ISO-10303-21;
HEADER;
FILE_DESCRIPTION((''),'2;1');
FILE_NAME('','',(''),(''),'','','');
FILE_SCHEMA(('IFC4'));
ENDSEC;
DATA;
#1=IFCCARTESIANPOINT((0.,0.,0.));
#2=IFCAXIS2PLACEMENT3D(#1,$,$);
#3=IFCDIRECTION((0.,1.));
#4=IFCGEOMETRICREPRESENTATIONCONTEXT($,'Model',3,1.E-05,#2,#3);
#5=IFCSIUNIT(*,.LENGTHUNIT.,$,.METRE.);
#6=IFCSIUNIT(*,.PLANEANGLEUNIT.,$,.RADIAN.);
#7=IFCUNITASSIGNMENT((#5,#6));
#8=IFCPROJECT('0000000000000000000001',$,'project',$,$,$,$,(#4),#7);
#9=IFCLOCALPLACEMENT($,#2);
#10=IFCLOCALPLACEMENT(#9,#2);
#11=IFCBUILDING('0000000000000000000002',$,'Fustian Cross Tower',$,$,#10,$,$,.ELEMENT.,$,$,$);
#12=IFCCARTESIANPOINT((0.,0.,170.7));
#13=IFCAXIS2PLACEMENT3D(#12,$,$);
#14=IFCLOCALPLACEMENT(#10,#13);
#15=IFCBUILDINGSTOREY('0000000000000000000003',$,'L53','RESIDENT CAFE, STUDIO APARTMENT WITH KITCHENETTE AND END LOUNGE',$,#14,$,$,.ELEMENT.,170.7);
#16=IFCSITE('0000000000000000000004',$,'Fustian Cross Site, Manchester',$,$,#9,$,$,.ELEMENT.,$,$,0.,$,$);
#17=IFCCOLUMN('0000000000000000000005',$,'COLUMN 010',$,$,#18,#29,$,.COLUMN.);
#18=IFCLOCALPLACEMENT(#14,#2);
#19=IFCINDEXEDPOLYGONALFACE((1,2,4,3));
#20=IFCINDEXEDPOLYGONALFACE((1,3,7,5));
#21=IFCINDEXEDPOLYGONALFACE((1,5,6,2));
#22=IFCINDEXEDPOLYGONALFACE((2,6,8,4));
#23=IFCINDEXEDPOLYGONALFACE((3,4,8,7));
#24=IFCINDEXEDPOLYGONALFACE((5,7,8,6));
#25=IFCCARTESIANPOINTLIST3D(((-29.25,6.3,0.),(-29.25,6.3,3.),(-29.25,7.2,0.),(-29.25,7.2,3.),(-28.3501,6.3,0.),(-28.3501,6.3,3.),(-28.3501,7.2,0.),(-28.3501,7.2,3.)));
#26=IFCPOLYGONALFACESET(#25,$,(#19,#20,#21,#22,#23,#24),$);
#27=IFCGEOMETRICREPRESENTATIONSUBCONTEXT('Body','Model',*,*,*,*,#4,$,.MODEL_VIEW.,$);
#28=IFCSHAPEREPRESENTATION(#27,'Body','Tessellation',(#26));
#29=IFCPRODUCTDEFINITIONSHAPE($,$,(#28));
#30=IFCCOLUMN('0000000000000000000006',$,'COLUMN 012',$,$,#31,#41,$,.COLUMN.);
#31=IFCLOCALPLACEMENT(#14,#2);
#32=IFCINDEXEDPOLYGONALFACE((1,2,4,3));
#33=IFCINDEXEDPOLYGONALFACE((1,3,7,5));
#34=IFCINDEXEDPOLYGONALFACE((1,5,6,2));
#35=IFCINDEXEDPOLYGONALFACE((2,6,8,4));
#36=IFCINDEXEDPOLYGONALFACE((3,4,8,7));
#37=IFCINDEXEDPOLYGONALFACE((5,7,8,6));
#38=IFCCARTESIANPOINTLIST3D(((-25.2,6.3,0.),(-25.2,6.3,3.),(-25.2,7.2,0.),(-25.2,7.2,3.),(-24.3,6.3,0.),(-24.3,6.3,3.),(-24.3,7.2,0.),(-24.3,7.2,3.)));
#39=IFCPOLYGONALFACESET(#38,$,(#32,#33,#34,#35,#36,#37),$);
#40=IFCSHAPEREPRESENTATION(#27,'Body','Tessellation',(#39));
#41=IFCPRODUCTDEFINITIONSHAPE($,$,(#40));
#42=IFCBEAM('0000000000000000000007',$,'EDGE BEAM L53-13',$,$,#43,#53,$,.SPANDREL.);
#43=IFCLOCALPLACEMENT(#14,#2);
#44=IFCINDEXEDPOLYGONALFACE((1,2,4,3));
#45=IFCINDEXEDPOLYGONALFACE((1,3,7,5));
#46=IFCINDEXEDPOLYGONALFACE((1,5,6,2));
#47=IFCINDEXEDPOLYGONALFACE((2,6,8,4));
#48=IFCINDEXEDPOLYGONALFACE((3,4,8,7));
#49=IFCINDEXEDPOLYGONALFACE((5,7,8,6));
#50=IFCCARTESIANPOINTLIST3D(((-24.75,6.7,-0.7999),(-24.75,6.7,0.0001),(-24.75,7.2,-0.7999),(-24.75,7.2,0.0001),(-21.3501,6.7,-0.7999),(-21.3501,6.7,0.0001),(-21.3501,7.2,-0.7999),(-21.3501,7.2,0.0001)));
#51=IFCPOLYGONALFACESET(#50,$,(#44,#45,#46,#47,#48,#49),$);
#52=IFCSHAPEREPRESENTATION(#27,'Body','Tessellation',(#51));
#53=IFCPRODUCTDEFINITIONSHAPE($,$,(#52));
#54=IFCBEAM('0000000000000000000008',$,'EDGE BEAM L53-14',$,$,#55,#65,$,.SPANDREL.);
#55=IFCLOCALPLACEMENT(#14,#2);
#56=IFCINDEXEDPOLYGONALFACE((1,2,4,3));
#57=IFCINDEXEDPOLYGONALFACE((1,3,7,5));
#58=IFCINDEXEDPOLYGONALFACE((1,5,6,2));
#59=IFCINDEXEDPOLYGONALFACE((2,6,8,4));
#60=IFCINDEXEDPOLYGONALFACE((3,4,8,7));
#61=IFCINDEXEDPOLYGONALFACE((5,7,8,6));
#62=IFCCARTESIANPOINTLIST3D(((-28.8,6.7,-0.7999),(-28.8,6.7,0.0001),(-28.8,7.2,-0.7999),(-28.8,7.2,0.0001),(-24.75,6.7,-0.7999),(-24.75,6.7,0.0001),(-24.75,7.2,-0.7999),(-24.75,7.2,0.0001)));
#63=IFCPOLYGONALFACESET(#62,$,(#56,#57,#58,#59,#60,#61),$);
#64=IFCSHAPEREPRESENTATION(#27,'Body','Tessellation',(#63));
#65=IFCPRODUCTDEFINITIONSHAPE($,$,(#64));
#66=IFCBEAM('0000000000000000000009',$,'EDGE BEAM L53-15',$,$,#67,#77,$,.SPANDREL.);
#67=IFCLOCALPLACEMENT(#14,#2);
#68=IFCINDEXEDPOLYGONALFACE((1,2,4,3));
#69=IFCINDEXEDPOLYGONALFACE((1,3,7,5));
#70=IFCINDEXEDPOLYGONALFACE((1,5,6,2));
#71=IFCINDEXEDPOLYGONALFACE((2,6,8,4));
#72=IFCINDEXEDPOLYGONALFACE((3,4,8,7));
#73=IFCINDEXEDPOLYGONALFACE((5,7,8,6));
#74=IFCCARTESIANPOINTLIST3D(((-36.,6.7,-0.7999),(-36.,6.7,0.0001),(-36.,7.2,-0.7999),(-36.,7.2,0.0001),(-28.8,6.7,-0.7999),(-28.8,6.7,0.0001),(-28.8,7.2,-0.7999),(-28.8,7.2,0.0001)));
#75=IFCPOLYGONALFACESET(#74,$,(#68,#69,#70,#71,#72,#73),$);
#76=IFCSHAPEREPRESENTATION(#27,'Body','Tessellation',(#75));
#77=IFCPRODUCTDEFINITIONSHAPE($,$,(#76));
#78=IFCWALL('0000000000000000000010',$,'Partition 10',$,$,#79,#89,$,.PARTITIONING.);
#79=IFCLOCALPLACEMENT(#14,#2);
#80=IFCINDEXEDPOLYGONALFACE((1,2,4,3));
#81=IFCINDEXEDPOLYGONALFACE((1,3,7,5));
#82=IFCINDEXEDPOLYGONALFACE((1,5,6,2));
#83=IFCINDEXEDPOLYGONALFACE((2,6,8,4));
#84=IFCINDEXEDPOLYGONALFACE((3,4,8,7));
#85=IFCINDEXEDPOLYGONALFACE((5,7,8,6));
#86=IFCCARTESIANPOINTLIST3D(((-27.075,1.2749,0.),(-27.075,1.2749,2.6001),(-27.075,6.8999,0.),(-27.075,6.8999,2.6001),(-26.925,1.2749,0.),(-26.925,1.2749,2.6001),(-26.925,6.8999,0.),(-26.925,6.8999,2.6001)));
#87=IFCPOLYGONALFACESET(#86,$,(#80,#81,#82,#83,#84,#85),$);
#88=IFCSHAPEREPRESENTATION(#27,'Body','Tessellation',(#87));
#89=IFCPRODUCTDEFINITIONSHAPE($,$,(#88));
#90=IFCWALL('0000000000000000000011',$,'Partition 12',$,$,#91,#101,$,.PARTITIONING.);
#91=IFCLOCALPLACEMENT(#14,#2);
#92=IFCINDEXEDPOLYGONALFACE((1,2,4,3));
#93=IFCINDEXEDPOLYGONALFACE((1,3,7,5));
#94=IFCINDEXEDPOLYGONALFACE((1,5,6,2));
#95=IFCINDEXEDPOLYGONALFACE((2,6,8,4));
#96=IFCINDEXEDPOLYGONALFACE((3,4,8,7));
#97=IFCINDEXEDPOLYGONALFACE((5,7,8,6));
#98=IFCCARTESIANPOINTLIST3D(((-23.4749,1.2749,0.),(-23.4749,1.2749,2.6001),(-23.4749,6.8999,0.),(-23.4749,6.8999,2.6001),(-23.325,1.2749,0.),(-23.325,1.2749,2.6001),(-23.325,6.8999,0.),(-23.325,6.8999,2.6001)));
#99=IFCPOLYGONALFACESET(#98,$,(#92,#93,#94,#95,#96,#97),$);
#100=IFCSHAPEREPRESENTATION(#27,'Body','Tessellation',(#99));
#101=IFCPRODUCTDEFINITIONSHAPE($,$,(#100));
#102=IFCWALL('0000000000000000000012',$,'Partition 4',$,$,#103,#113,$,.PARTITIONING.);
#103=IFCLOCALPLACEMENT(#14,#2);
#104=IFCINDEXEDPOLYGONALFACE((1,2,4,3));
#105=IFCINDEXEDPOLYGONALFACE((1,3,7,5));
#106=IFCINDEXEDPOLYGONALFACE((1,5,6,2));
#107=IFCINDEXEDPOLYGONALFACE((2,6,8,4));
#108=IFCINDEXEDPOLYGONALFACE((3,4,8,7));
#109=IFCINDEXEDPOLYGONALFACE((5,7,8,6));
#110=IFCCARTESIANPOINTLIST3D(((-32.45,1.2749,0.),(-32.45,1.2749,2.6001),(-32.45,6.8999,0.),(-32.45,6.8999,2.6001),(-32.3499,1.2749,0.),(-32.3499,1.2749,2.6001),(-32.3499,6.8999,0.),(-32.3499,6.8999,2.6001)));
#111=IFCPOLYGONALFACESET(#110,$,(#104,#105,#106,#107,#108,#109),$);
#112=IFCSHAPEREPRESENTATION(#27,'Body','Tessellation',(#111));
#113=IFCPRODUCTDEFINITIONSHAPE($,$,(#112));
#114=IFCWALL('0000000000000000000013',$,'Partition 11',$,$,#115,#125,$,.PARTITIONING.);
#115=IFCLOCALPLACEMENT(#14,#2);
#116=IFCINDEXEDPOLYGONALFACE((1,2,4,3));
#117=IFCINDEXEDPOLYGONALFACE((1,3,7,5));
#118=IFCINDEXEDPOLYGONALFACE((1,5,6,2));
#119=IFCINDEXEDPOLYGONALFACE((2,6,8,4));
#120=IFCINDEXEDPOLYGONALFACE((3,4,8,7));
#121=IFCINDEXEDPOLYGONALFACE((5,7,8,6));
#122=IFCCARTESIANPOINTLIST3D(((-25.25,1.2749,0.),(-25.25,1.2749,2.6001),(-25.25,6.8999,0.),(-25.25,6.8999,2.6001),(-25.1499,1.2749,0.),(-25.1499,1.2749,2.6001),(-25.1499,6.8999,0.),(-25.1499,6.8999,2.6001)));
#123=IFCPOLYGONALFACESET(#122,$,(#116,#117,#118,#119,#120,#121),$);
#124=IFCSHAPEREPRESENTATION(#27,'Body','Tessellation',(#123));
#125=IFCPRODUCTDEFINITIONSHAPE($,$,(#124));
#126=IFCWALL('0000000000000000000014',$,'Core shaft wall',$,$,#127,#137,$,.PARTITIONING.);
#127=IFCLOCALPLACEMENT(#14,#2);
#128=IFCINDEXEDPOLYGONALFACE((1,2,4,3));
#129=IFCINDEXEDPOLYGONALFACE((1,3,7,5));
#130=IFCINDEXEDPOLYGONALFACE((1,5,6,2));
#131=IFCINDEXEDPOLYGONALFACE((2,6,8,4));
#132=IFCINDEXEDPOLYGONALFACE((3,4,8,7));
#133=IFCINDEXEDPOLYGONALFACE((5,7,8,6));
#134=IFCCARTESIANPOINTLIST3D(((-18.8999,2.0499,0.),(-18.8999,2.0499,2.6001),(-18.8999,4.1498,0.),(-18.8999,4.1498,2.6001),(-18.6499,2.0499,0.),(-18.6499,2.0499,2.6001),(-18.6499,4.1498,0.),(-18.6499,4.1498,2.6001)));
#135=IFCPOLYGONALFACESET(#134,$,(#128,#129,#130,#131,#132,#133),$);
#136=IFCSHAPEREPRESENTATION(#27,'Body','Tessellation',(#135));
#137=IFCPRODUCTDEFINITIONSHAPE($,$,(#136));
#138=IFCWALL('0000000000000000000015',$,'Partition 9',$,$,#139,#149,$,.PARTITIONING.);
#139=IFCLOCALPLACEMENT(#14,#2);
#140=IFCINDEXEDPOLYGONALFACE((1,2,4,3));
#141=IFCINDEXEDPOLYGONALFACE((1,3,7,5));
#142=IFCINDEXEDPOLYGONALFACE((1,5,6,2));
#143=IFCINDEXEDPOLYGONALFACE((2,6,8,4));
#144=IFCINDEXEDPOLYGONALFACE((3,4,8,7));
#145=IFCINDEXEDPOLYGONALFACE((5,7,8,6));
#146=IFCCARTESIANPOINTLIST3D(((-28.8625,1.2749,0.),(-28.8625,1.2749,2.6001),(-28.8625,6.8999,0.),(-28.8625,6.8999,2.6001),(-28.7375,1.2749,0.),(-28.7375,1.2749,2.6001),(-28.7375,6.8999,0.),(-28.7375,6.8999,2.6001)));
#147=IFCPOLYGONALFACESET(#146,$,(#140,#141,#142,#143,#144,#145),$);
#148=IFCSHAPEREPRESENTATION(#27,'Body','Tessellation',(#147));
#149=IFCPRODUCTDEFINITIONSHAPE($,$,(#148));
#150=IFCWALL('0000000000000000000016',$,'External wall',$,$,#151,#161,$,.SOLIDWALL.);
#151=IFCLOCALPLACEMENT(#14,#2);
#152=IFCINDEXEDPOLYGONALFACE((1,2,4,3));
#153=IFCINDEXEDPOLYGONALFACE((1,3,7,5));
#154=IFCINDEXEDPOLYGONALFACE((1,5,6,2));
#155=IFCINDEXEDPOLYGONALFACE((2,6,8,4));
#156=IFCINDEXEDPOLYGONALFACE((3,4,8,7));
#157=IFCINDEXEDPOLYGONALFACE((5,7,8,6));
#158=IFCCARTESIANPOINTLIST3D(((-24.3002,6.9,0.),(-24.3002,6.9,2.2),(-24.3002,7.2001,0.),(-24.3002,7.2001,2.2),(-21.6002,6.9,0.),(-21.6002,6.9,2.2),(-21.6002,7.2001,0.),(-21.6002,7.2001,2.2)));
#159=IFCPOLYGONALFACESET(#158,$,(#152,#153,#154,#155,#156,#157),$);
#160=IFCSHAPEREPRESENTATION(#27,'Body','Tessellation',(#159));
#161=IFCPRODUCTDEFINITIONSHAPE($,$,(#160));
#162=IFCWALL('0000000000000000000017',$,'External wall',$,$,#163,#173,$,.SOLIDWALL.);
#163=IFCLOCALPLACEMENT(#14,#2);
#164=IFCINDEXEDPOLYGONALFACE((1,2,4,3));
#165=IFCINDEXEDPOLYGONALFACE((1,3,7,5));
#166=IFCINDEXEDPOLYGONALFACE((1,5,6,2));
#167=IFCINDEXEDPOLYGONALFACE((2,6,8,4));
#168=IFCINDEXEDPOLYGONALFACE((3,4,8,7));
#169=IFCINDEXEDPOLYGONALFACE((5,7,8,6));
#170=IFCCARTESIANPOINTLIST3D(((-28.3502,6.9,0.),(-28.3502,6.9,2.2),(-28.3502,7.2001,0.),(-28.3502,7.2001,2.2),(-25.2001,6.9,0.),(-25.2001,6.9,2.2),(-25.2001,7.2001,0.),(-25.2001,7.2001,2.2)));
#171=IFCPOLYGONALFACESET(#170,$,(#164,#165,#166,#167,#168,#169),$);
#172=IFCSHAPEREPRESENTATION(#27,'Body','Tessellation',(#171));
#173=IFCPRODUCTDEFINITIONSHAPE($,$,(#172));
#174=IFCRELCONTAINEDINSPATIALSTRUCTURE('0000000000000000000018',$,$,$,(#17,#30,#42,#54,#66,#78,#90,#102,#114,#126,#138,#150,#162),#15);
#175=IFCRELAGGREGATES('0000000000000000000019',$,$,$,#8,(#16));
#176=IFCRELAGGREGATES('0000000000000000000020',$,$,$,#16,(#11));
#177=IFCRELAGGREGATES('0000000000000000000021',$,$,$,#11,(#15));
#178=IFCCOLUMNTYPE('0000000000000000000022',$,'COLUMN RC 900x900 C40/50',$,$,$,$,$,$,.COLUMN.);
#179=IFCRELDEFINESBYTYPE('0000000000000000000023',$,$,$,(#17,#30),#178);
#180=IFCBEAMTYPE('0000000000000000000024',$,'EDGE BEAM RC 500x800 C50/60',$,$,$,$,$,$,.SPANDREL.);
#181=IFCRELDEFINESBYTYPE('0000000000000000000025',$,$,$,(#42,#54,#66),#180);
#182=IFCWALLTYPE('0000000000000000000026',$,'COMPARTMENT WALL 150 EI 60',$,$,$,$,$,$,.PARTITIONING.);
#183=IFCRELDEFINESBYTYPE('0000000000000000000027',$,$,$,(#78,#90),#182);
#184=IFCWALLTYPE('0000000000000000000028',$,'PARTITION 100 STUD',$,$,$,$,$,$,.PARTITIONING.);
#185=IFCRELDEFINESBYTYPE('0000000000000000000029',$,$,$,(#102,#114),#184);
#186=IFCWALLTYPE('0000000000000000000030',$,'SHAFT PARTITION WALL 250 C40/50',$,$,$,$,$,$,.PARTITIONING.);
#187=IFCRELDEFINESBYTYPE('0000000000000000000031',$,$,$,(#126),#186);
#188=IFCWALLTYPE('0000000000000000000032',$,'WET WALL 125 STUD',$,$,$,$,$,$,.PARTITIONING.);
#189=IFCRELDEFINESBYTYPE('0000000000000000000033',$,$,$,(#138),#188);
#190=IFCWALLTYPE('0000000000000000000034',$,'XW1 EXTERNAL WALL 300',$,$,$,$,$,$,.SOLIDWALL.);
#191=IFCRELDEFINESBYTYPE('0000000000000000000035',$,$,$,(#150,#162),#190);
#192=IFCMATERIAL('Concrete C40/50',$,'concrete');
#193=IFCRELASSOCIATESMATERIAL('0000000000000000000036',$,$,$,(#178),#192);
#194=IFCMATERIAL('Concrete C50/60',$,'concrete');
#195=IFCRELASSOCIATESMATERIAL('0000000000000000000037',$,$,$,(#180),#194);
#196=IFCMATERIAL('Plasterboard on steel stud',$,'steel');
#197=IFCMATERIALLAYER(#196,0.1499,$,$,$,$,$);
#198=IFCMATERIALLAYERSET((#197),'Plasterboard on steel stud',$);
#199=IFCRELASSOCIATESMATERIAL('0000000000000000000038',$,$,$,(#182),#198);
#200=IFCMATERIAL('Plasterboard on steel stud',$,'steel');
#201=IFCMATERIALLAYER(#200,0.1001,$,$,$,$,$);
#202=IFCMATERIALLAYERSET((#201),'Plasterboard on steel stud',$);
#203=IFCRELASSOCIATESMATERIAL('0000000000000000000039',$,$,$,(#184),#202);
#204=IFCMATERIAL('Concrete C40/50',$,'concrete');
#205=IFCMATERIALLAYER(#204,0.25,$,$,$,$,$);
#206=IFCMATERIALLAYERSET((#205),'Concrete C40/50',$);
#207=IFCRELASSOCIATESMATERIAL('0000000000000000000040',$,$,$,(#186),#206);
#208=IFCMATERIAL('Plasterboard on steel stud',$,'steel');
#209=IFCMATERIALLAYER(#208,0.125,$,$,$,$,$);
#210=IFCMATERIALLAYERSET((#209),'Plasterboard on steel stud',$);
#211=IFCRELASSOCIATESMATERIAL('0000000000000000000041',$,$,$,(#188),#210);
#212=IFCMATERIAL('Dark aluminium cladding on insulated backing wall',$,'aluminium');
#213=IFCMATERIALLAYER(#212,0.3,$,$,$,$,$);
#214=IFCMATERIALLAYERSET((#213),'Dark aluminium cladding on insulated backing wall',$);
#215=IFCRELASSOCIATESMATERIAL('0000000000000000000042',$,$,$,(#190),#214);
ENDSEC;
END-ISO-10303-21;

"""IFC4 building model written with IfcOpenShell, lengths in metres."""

from ifc_helpers import new_model, si_unit, direction, frame, frame_2d, origin, origin_2d, place, context, subcontext, project, spatial, rectangle, extrude, material, layer, layer_set, material_profile, profile_set, type_object, element, save


model = new_model("IFC4")

# Units and contexts
model_context = context("Model", 3, precision=1e-05, world=origin(), true_north=direction((0.0, 1.0)))
body_context = subcontext(model_context, "Body", "Model", "MODEL_VIEW")
ifc_project = project(units=[si_unit("LENGTHUNIT", "METRE"), si_unit("PLANEANGLEUNIT", "RADIAN")], contexts=[model_context])

# Site, building, storey
site_placement = place(None, origin())
site = spatial("IfcSite", under=ifc_project, at=site_placement, Name="Fustian Cross Site, Manchester", CompositionType="ELEMENT", RefElevation=0.0)
building_placement = place(site_placement, origin())
building = spatial("IfcBuilding", under=site, at=building_placement, Name="Fustian Cross Tower", CompositionType="ELEMENT")
storey_placement = place(building_placement, frame((0.0, 0.0, 170.7)))
storey = spatial("IfcBuildingStorey", under=building, at=storey_placement, Name="L53", Description="RESIDENT CAFE, STUDIO APARTMENT WITH KITCHENETTE AND END LOUNGE", CompositionType="ELEMENT", Elevation=170.7)

# Columns
ifc_material_1 = material(Name="Concrete C40/50", Category="concrete")
ifc_material_profile_1 = material_profile(ifc_material_1, rectangle(XDim=0.8999, YDim=0.8999, at=origin_2d()), Name="RC 900x900")
ifc_profile_set_1 = profile_set([ifc_material_profile_1], Name="Concrete C40/50")
column_type = type_object("IfcColumnType", Name="COLUMN RC 900x900 C40/50", PredefinedType="COLUMN", material=ifc_profile_set_1)
for number, where, z_axis, x_axis, name in (
    (1, (-28.8, 6.75, 0.0), (0.0, 0.0, 1.0), (1.0, 0.0, 0.0), "COLUMN 010"),
    (2, (-24.75, 6.75, 0.0), (0.0, 0.0, 1.0), (1.0, 0.0, 0.0), "COLUMN 012"),
):
    element("IfcColumn", number, at=place(storey_placement, frame(where, z_axis=z_axis, x_axis=x_axis)), inside=storey, type_object=column_type, Name=name, PredefinedType="COLUMN", context=body_context, shape_type="SweptSolid", body=[
        extrude(rectangle(XDim=0.8999, YDim=0.8999, at=origin_2d()), origin(), (0.0, 0.0, 1.0), 3.0),
    ])

# Beams
ifc_material_2 = material(Name="Concrete C50/60", Category="concrete")
ifc_material_profile_2 = material_profile(ifc_material_2, rectangle(XDim=0.5, YDim=0.8, at=origin_2d()), Name="RC 500x800")
ifc_profile_set_2 = profile_set([ifc_material_profile_2], Name="Concrete C50/60")
beam_type = type_object("IfcBeamType", Name="EDGE BEAM RC 500x800 C50/60", PredefinedType="SPANDREL", material=ifc_profile_set_2)
beam_1_placement = place(storey_placement, frame((-21.3501, 6.95, -0.3999), z_axis=(-1.0, 0.0, 0.0), x_axis=(0.0, -1.0, 0.0)))
element("IfcBeam", 3, at=beam_1_placement, inside=storey, type_object=beam_type, Name="EDGE BEAM L53-13", PredefinedType="SPANDREL", context=body_context, shape_type="SweptSolid", body=[
    extrude(rectangle(XDim=0.5, YDim=0.8, at=origin_2d()), origin(), (0.0, 0.0, 1.0), 3.3999),
])
beam_2_placement = place(storey_placement, frame((-24.75, 6.95, -0.3999), z_axis=(-1.0, 0.0, 0.0), x_axis=(0.0, -1.0, 0.0)))
element("IfcBeam", 4, at=beam_2_placement, inside=storey, type_object=beam_type, Name="EDGE BEAM L53-14", PredefinedType="SPANDREL", context=body_context, shape_type="SweptSolid", body=[
    extrude(rectangle(XDim=0.5, YDim=0.8, at=origin_2d()), origin(), (0.0, 0.0, 1.0), 4.05),
])
beam_3_placement = place(storey_placement, frame((-28.8, 6.95, -0.3999), z_axis=(-1.0, 0.0, 0.0), x_axis=(0.0, -1.0, 0.0)))
element("IfcBeam", 5, at=beam_3_placement, inside=storey, type_object=beam_type, Name="EDGE BEAM L53-15", PredefinedType="SPANDREL", context=body_context, shape_type="SweptSolid", body=[
    extrude(rectangle(XDim=0.5, YDim=0.8, at=origin_2d()), origin(), (0.0, 0.0, 1.0), 7.2),
])

# Walls
ifc_material_3 = material(Name="Plasterboard on steel stud", Category="steel")
ifc_layer_1 = layer(ifc_material_3, 0.1499)
ifc_layer_set_1 = layer_set([ifc_layer_1], Name="Plasterboard on steel stud")
wall_type_1 = type_object("IfcWallType", Name="COMPARTMENT WALL 150 EI 60", PredefinedType="PARTITIONING", material=ifc_layer_set_1)
for number, where, z_axis, x_axis, name in (
    (6, (-27.0, 1.2749, 0.0), (0.0, 0.0, 1.0), (0.0, 1.0, 0.0), "Partition 10"),
    (7, (-23.3999, 1.2749, 0.0), (0.0, 0.0, 1.0), (0.0, 1.0, 0.0), "Partition 12"),
):
    element("IfcWall", number, at=place(storey_placement, frame(where, z_axis=z_axis, x_axis=x_axis)), inside=storey, type_object=wall_type_1, Name=name, PredefinedType="PARTITIONING", context=body_context, shape_type="SweptSolid", body=[
        extrude(rectangle(XDim=5.625, YDim=0.1499, at=frame_2d((2.8125, 0.0))), origin(), (0.0, 0.0, 1.0), 2.6001),
    ])
ifc_material_4 = material(Name="Plasterboard on steel stud", Category="steel")
ifc_layer_2 = layer(ifc_material_4, 0.1001)
ifc_layer_set_2 = layer_set([ifc_layer_2], Name="Plasterboard on steel stud")
wall_type_2 = type_object("IfcWallType", Name="PARTITION 100 STUD", PredefinedType="PARTITIONING", material=ifc_layer_set_2)
for number, where, z_axis, x_axis, name in (
    (8, (-32.3999, 1.2749, 0.0), (0.0, 0.0, 1.0), (0.0, 1.0, 0.0), "Partition 4"),
    (9, (-25.2, 1.2749, 0.0), (0.0, 0.0, 1.0), (0.0, 1.0, 0.0), "Partition 11"),
):
    element("IfcWall", number, at=place(storey_placement, frame(where, z_axis=z_axis, x_axis=x_axis)), inside=storey, type_object=wall_type_2, Name=name, PredefinedType="PARTITIONING", context=body_context, shape_type="SweptSolid", body=[
        extrude(rectangle(XDim=5.625, YDim=0.1001, at=frame_2d((2.8125, 0.0))), origin(), (0.0, 0.0, 1.0), 2.6001),
    ])
ifc_material_5 = material(Name="Concrete C40/50", Category="concrete")
ifc_layer_3 = layer(ifc_material_5, 0.25)
ifc_layer_set_3 = layer_set([ifc_layer_3], Name="Concrete C40/50")
wall_type_3 = type_object("IfcWallType", Name="SHAFT PARTITION WALL 250 C40/50", PredefinedType="PARTITIONING", material=ifc_layer_set_3)
wall_1_placement = place(storey_placement, frame((-18.7749, 2.05, 0.0), z_axis=(0.0, 0.0, 1.0), x_axis=(0.0, 1.0, 0.0)))
element("IfcWall", 10, at=wall_1_placement, inside=storey, type_object=wall_type_3, Name="Core shaft wall", PredefinedType="PARTITIONING", context=body_context, shape_type="SweptSolid", body=[
    extrude(rectangle(XDim=2.0999, YDim=0.25, at=frame_2d((1.0498, 0.0))), origin(), (0.0, 0.0, 1.0), 2.6001),
])
ifc_material_6 = material(Name="Plasterboard on steel stud", Category="steel")
ifc_layer_4 = layer(ifc_material_6, 0.125)
ifc_layer_set_4 = layer_set([ifc_layer_4], Name="Plasterboard on steel stud")
wall_type_4 = type_object("IfcWallType", Name="WET WALL 125 STUD", PredefinedType="PARTITIONING", material=ifc_layer_set_4)
wall_2_placement = place(storey_placement, frame((-28.8, 1.2749, 0.0), z_axis=(0.0, 0.0, 1.0), x_axis=(0.0, 1.0, 0.0)))
element("IfcWall", 11, at=wall_2_placement, inside=storey, type_object=wall_type_4, Name="Partition 9", PredefinedType="PARTITIONING", context=body_context, shape_type="SweptSolid", body=[
    extrude(rectangle(XDim=5.625, YDim=0.125, at=frame_2d((2.8125, 0.0))), origin(), (0.0, 0.0, 1.0), 2.6001),
])
ifc_material_7 = material(Name="Dark aluminium cladding on insulated backing wall", Category="aluminium")
ifc_layer_5 = layer(ifc_material_7, 0.3)
ifc_layer_set_5 = layer_set([ifc_layer_5], Name="Dark aluminium cladding on insulated backing wall")
wall_type_5 = type_object("IfcWallType", Name="XW1 EXTERNAL WALL 300", PredefinedType="SOLIDWALL", material=ifc_layer_set_5)
wall_3_placement = place(storey_placement, frame((-21.6001, 7.05, 0.0), z_axis=(0.0, 0.0, 1.0), x_axis=(-1.0, 0.0, 0.0)))
element("IfcWall", 12, at=wall_3_placement, inside=storey, type_object=wall_type_5, Name="External wall", PredefinedType="SOLIDWALL", context=body_context, shape_type="SweptSolid", body=[
    extrude(rectangle(XDim=2.7, YDim=0.3, at=frame_2d((1.3501, 0.0))), origin(), (0.0, 0.0, 1.0), 2.2),
])
wall_4_placement = place(storey_placement, frame((-25.2, 7.05, 0.0), z_axis=(0.0, 0.0, 1.0), x_axis=(-1.0, 0.0, 0.0)))
element("IfcWall", 13, at=wall_4_placement, inside=storey, type_object=wall_type_5, Name="External wall", PredefinedType="SOLIDWALL", context=body_context, shape_type="SweptSolid", body=[
    extrude(rectangle(XDim=3.1501, YDim=0.3, at=frame_2d((1.5752, 0.0))), origin(), (0.0, 0.0, 1.0), 2.2),
])

save(model, "model.ifc")
